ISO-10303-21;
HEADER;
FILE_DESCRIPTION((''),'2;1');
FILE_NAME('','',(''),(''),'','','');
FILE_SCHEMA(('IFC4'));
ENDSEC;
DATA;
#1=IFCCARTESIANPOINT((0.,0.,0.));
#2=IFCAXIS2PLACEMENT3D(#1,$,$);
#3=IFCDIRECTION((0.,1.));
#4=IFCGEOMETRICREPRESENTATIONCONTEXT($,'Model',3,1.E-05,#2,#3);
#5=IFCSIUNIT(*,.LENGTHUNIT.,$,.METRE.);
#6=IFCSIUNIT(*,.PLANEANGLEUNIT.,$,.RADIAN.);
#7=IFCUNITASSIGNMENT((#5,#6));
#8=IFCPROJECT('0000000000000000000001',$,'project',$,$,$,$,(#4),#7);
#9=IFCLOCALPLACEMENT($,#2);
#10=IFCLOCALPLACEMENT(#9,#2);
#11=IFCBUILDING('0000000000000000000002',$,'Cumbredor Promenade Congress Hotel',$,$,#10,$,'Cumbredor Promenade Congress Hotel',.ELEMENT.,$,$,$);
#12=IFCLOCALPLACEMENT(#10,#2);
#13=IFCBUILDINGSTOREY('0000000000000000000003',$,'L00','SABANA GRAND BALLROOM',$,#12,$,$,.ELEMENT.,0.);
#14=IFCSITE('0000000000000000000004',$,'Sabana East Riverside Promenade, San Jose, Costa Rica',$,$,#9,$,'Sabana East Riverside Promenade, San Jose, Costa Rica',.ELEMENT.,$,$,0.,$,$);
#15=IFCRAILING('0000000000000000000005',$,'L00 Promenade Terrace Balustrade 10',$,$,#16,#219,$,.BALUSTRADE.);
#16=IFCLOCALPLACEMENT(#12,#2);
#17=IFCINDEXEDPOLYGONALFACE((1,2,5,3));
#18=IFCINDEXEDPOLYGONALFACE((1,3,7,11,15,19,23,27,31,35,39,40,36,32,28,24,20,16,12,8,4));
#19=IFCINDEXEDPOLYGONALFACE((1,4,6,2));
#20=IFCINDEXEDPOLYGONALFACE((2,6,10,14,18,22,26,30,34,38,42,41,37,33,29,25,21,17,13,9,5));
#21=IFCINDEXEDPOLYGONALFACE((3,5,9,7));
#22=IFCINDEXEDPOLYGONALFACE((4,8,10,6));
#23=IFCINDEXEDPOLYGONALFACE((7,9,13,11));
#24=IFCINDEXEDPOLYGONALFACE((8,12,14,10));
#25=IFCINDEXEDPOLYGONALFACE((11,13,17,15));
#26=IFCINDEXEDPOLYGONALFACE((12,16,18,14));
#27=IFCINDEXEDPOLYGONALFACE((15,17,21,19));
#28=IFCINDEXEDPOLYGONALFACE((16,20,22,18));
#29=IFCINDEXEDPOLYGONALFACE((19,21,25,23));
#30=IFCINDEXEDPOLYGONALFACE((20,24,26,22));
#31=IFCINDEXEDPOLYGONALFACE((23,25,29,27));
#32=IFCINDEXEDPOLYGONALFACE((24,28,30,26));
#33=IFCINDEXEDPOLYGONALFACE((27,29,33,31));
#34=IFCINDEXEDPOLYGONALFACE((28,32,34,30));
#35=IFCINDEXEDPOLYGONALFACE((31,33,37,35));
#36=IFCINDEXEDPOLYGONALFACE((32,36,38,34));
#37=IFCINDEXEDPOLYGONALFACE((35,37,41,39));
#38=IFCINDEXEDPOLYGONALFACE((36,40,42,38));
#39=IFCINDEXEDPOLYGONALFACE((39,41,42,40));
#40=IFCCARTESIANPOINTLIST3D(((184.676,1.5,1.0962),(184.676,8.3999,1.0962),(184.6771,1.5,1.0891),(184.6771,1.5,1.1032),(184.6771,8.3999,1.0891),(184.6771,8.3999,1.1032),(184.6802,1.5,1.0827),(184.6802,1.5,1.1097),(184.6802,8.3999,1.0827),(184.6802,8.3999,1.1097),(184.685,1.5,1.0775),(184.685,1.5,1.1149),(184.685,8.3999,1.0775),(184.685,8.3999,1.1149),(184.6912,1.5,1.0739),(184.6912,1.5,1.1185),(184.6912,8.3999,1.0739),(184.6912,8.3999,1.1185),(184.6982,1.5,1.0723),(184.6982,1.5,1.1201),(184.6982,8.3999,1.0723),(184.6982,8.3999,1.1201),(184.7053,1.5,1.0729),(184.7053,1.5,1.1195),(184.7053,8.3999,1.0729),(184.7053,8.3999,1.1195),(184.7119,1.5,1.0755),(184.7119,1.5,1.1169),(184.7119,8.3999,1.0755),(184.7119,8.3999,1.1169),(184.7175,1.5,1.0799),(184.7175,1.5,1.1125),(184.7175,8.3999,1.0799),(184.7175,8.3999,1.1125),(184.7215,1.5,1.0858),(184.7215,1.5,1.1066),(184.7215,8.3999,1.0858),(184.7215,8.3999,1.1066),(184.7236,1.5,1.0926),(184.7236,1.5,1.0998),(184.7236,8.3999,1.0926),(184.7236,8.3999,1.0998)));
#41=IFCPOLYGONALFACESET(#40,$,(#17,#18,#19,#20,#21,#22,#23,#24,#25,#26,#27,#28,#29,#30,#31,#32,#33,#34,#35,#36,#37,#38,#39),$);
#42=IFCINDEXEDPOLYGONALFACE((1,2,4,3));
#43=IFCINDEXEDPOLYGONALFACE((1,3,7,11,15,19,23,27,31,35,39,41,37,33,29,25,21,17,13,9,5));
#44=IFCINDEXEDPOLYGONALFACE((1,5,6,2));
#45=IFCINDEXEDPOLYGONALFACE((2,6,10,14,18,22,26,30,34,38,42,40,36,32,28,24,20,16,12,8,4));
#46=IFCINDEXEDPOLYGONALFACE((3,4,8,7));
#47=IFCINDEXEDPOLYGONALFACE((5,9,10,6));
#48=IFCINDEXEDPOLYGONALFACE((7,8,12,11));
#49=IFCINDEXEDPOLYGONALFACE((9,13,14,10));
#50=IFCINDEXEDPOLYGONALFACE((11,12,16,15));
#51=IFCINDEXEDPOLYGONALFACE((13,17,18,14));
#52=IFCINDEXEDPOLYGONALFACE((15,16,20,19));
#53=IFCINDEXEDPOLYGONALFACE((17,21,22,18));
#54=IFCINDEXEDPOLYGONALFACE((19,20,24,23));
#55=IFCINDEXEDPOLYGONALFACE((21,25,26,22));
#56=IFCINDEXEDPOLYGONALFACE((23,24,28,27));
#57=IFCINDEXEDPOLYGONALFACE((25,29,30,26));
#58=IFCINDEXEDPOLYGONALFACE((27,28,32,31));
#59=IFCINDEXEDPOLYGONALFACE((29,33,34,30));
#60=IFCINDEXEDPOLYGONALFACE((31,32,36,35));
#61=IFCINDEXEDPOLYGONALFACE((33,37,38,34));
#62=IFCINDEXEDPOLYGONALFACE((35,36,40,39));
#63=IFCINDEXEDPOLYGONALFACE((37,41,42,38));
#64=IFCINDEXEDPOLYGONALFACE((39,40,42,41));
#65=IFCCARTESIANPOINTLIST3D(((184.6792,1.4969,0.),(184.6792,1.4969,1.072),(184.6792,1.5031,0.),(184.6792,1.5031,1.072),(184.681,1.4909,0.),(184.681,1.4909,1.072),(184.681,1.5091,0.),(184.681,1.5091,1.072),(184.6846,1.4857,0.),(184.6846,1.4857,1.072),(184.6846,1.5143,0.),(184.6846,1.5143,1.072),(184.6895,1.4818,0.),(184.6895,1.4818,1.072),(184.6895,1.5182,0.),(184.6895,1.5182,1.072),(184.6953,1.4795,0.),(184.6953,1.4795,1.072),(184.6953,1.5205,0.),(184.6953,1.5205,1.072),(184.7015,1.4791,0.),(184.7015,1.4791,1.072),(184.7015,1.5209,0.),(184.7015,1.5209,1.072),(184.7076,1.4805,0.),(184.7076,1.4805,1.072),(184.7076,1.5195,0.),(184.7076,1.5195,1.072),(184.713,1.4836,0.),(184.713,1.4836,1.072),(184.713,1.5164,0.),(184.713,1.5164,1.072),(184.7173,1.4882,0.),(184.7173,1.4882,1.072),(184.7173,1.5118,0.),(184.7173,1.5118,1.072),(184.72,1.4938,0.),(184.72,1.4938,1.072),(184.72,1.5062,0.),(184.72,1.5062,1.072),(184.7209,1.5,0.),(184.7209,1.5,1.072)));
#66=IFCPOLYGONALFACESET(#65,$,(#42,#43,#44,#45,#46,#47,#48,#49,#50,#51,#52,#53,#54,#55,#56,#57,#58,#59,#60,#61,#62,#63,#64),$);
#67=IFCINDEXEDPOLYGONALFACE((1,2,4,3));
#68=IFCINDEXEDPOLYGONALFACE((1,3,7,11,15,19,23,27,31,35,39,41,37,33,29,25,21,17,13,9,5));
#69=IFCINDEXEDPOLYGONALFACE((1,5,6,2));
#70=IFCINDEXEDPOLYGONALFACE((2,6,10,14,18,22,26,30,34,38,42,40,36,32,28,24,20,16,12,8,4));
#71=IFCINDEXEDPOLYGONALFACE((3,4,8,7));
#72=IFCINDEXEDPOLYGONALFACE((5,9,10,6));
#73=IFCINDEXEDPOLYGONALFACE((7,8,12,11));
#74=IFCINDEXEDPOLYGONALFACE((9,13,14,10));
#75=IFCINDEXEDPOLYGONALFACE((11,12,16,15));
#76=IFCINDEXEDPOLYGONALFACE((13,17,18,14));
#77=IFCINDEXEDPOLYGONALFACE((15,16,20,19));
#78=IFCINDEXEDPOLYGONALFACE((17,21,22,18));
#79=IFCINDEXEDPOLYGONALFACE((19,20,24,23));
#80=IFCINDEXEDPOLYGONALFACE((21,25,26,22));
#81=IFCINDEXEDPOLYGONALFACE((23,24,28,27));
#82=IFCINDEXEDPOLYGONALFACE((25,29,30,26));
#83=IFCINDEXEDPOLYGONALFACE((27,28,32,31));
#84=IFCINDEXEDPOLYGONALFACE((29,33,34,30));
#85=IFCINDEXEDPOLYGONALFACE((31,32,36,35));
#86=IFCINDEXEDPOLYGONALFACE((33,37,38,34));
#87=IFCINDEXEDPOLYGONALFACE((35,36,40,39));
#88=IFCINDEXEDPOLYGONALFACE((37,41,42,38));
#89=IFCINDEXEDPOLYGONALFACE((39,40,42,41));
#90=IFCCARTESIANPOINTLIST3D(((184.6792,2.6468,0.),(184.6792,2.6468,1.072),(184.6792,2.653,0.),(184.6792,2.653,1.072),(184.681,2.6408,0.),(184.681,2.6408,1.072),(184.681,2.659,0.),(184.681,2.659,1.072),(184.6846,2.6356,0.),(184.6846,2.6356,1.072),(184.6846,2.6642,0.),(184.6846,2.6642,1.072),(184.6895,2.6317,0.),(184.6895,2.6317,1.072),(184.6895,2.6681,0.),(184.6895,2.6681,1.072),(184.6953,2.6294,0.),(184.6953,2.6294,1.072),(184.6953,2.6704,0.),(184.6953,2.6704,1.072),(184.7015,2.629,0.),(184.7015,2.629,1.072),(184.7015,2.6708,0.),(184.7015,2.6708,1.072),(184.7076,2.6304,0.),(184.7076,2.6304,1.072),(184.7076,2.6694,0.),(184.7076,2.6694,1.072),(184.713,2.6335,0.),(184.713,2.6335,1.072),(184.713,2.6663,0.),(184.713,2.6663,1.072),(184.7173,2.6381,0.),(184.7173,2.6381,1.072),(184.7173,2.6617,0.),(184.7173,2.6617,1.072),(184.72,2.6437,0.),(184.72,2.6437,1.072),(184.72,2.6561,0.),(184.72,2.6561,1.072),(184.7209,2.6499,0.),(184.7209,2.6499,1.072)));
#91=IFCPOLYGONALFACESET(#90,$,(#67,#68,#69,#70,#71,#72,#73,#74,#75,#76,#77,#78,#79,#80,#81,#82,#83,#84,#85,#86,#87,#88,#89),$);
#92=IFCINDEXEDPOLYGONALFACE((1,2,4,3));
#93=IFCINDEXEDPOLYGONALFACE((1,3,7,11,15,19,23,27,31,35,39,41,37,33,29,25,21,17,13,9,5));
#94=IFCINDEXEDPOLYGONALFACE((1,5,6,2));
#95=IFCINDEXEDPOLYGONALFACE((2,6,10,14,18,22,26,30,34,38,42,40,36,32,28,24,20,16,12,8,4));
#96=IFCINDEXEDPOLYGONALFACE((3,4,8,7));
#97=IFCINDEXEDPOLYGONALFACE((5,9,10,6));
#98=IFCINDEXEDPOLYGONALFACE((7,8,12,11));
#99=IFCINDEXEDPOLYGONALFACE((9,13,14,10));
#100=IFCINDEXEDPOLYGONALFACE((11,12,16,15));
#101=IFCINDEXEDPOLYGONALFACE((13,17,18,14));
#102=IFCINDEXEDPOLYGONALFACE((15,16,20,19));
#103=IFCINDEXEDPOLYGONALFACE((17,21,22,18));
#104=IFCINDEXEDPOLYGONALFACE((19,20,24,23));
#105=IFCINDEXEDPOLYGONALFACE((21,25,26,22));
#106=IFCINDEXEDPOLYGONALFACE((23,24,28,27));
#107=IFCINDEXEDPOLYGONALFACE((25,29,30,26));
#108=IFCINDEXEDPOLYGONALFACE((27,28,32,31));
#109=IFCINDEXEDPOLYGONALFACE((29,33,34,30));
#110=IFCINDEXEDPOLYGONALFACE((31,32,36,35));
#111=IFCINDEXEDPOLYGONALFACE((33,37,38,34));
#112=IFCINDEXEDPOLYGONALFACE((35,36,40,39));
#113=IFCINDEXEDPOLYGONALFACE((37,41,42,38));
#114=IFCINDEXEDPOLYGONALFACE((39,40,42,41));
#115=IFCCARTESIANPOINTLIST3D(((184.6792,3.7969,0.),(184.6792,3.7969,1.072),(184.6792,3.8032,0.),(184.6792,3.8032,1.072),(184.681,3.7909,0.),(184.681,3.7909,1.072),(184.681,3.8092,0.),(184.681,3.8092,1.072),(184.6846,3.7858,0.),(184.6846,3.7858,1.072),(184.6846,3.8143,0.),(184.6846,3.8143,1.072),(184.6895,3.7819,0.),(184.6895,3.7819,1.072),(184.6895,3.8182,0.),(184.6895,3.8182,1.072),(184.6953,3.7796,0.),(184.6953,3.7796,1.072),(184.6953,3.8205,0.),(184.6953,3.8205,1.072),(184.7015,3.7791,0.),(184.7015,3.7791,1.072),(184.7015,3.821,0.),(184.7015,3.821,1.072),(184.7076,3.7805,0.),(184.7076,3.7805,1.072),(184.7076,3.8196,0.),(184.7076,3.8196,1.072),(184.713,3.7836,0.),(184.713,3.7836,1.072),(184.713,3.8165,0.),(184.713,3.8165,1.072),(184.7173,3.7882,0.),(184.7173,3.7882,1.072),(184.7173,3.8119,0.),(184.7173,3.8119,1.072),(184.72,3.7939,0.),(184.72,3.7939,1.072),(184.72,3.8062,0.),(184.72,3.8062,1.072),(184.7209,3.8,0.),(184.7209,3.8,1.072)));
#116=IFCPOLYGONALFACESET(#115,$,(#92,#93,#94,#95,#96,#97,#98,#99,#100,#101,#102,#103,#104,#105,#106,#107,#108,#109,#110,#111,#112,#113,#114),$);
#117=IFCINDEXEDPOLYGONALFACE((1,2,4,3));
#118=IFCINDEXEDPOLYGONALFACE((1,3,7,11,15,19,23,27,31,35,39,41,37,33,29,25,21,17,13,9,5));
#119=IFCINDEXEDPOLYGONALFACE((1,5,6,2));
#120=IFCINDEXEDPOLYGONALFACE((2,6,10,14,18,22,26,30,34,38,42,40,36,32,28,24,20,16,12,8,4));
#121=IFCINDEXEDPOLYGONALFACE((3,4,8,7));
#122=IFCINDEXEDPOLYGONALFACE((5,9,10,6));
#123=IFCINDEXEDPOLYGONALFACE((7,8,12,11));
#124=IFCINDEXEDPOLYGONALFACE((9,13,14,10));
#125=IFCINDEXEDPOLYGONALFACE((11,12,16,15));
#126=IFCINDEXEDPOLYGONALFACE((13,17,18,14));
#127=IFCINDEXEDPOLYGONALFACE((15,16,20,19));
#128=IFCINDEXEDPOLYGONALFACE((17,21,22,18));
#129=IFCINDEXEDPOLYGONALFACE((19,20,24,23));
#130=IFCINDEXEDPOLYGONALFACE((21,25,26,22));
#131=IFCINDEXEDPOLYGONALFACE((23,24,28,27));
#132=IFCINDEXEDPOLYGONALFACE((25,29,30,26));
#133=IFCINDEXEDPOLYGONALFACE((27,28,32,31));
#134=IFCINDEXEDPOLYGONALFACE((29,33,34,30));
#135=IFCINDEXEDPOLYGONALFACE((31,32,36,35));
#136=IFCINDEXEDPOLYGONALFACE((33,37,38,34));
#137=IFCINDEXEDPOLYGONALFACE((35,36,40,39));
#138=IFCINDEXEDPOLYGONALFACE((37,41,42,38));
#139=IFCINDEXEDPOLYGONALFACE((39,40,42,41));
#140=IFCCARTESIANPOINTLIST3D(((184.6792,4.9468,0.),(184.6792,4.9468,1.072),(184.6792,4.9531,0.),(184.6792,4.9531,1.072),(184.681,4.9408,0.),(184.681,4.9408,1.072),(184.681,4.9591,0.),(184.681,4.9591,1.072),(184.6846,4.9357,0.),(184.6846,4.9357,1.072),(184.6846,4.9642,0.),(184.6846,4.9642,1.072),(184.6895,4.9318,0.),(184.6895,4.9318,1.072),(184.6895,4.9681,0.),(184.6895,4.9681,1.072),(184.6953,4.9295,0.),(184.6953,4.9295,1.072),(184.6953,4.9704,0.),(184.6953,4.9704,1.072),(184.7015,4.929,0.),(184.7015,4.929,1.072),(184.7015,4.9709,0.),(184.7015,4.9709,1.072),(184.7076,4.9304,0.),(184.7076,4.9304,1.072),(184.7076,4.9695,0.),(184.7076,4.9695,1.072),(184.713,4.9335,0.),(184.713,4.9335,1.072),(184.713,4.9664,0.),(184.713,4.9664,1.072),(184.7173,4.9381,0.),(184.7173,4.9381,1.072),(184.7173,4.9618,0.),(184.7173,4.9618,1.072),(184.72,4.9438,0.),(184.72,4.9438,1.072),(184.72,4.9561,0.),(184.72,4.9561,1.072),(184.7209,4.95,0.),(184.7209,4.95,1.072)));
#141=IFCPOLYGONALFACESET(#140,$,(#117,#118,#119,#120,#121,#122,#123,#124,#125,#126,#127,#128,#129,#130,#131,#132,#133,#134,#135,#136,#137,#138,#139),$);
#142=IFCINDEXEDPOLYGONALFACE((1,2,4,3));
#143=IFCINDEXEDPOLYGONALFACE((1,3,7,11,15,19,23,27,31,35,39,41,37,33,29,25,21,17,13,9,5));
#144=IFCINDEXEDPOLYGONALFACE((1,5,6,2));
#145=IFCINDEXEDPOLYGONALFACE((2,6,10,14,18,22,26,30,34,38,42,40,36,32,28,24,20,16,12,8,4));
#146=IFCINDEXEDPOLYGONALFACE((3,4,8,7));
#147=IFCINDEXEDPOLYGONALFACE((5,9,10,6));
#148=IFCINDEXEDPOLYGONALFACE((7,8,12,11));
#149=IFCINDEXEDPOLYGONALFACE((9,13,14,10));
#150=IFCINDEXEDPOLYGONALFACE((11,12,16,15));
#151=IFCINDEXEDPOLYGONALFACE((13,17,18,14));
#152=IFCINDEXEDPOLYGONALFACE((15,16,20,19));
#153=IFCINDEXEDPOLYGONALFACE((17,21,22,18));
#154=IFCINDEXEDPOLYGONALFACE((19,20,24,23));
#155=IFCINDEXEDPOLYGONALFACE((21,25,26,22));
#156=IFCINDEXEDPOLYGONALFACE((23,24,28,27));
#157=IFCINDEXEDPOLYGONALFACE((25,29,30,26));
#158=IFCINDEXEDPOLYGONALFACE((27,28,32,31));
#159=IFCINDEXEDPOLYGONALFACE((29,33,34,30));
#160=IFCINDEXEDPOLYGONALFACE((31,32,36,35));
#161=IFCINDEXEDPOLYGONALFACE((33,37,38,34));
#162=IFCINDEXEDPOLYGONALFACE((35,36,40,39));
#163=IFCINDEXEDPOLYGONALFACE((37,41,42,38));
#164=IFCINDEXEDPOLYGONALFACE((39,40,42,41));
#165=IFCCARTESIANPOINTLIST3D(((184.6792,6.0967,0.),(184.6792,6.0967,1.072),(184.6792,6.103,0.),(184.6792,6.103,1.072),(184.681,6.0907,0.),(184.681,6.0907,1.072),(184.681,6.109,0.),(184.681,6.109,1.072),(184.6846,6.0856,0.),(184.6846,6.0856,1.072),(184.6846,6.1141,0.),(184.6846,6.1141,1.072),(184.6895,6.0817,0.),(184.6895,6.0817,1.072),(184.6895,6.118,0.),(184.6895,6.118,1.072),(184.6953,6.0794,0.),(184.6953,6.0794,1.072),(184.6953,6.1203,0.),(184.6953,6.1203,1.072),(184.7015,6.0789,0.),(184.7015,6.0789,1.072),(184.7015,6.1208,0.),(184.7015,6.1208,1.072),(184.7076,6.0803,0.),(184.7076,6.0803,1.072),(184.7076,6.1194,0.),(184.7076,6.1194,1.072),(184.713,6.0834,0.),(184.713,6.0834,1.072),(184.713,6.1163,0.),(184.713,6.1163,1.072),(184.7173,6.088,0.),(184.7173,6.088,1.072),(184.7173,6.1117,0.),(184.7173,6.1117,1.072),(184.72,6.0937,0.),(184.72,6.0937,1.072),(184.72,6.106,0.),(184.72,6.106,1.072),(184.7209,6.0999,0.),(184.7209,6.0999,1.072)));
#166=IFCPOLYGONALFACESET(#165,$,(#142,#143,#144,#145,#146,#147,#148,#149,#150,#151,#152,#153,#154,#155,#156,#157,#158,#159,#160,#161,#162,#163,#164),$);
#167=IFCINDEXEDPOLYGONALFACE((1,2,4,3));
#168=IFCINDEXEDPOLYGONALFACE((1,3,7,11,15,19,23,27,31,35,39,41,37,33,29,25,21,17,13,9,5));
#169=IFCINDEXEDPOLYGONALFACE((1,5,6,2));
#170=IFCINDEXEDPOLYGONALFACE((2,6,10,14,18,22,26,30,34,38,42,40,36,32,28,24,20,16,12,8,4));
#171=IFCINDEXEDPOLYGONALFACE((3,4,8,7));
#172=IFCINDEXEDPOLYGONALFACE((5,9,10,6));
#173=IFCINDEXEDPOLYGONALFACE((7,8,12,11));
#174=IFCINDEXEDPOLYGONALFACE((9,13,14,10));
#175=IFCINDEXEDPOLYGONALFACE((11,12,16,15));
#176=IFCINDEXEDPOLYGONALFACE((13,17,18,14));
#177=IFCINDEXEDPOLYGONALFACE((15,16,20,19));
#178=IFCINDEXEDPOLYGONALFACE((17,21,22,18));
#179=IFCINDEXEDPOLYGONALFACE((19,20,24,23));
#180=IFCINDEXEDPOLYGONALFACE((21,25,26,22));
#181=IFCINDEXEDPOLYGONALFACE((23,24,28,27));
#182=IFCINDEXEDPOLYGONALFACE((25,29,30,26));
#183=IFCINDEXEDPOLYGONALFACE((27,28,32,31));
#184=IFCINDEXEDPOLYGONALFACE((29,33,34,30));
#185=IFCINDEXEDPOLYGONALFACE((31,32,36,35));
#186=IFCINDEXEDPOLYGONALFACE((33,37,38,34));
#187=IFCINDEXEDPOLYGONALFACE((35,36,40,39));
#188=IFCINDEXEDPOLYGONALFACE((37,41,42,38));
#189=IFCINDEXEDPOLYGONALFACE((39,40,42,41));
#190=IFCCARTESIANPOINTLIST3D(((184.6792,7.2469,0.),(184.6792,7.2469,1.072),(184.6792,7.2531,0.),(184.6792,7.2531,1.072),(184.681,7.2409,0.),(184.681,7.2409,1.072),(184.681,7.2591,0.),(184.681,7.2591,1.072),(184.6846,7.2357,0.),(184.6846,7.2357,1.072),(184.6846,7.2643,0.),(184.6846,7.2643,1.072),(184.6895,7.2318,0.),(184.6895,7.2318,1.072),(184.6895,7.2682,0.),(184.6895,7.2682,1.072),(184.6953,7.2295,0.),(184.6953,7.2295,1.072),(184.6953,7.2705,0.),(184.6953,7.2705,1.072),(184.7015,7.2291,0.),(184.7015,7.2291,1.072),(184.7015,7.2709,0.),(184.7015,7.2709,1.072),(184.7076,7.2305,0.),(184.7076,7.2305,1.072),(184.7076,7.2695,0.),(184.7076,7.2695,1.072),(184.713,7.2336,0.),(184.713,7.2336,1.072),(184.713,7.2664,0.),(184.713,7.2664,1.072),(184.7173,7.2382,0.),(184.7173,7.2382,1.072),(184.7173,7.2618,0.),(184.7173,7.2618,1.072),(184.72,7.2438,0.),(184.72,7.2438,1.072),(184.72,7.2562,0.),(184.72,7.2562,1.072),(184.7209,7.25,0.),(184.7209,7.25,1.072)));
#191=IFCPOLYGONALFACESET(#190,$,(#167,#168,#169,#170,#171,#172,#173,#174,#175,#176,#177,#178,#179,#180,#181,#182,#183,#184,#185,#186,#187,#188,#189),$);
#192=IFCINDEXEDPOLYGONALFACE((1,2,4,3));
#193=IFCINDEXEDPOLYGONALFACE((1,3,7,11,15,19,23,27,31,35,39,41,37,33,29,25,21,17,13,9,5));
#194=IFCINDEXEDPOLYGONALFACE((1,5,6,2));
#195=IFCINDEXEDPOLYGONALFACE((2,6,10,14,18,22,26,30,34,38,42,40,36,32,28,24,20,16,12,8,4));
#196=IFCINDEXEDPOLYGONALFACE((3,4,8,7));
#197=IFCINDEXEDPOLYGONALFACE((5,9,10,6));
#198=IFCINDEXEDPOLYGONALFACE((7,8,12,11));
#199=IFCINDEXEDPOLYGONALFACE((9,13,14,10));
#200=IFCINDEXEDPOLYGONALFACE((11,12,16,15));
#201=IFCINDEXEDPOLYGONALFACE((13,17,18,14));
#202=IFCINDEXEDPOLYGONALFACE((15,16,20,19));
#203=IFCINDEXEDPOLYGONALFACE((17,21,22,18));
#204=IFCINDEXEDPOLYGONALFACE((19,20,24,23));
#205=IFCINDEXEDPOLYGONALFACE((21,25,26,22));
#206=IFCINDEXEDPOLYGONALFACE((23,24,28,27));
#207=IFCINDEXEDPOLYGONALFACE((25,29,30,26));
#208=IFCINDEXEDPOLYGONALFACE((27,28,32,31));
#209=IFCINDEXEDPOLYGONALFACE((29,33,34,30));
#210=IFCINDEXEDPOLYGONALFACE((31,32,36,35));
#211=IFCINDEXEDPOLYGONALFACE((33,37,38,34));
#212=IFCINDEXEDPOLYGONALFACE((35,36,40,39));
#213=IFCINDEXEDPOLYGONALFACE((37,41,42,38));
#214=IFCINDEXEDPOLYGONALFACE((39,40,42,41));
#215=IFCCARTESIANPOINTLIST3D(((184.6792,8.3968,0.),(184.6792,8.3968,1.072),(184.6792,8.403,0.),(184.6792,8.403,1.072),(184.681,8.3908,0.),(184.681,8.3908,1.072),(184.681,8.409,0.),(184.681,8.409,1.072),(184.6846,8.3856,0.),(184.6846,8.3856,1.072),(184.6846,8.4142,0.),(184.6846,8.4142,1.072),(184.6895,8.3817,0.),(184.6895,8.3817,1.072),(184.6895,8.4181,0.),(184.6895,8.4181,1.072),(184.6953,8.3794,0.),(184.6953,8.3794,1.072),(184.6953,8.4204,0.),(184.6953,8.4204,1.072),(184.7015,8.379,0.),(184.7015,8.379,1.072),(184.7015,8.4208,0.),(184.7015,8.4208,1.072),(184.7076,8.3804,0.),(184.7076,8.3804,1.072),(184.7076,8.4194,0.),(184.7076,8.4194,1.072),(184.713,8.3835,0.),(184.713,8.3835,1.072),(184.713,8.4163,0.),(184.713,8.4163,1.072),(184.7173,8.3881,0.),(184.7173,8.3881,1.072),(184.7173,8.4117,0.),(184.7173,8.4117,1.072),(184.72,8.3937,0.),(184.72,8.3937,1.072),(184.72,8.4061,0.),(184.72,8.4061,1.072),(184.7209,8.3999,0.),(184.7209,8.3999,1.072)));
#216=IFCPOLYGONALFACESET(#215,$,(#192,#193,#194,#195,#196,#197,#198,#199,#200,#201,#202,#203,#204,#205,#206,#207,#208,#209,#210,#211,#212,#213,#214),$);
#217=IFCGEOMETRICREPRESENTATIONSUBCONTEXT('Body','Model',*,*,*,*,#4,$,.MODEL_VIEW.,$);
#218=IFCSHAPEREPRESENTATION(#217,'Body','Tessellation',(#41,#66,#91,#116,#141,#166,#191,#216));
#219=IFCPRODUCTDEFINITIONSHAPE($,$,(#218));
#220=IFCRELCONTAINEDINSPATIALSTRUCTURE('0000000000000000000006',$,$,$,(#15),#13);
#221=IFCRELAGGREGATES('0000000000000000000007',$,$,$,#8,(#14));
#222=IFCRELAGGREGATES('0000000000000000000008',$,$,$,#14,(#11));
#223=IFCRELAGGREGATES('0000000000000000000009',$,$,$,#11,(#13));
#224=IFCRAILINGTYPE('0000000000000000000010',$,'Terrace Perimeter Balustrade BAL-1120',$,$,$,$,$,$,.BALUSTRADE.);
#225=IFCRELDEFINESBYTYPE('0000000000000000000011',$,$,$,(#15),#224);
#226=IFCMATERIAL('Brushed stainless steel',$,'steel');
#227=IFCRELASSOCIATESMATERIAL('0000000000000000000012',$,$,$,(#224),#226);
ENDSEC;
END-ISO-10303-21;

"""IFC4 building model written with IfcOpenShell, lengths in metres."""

from ifc_helpers import new_model, si_unit, direction, frame, origin, origin_2d, place, context, subcontext, project, spatial, circle, extrude, material, type_object, element, save


model = new_model("IFC4")

# Units and contexts
model_context = context("Model", 3, precision=1e-05, world=origin(), true_north=direction((0.0, 1.0)))
body_context = subcontext(model_context, "Body", "Model", "MODEL_VIEW")
ifc_project = project(units=[si_unit("LENGTHUNIT", "METRE"), si_unit("PLANEANGLEUNIT", "RADIAN")], contexts=[model_context])

# Site, building, storey
site_placement = place(None, origin())
site = spatial("IfcSite", under=ifc_project, at=site_placement, Name="Sabana East Riverside Promenade, San Jose, Costa Rica", LongName="Sabana East Riverside Promenade, San Jose, Costa Rica", CompositionType="ELEMENT", RefElevation=0.0)
building_placement = place(site_placement, origin())
building = spatial("IfcBuilding", under=site, at=building_placement, Name="Cumbredor Promenade Congress Hotel", LongName="Cumbredor Promenade Congress Hotel", CompositionType="ELEMENT")
storey_placement = place(building_placement, origin())
storey = spatial("IfcBuildingStorey", under=building, at=storey_placement, Name="L00", Description="SABANA GRAND BALLROOM", CompositionType="ELEMENT", Elevation=0.0)

# Railing
ifc_material_1 = material(Name="Brushed stainless steel", Category="steel")
railing_type = type_object("IfcRailingType", Name="Terrace Perimeter Balustrade BAL-1120", PredefinedType="BALUSTRADE", material=ifc_material_1)
railing_placement = place(storey_placement, frame((184.7, 1.5, 0.0)))
element("IfcRailing", 1, at=railing_placement, inside=storey, type_object=railing_type, Name="L00 Promenade Terrace Balustrade 10", PredefinedType="BALUSTRADE", context=body_context, shape_type="SweptSolid", body=[
    extrude(circle(Radius=0.0239, at=origin_2d()), frame((0.0, 0.0, 1.0962), z_axis=(0.0, 1.0, 0.0), x_axis=(-1.0, 0.0, 0.0)), (0.0, 0.0, 1.0), 6.8999),
    extrude(circle(Radius=0.021, at=origin_2d()), origin(), (0.0, 0.0, 1.0), 1.072),
    extrude(circle(Radius=0.021, at=origin_2d()), frame((0.0, 1.1499, 0.0)), (0.0, 0.0, 1.0), 1.072),
    extrude(circle(Radius=0.021, at=origin_2d()), frame((0.0, 2.3, 0.0)), (0.0, 0.0, 1.0), 1.072),
    extrude(circle(Radius=0.021, at=origin_2d()), frame((0.0, 3.45, 0.0)), (0.0, 0.0, 1.0), 1.072),
    extrude(circle(Radius=0.021, at=origin_2d()), frame((0.0, 4.5999, 0.0)), (0.0, 0.0, 1.0), 1.072),
    extrude(circle(Radius=0.021, at=origin_2d()), frame((0.0, 5.75, 0.0)), (0.0, 0.0, 1.0), 1.072),
    extrude(circle(Radius=0.021, at=origin_2d()), frame((0.0, 6.8999, 0.0)), (0.0, 0.0, 1.0), 1.072),
])

save(model, "model.ifc")
